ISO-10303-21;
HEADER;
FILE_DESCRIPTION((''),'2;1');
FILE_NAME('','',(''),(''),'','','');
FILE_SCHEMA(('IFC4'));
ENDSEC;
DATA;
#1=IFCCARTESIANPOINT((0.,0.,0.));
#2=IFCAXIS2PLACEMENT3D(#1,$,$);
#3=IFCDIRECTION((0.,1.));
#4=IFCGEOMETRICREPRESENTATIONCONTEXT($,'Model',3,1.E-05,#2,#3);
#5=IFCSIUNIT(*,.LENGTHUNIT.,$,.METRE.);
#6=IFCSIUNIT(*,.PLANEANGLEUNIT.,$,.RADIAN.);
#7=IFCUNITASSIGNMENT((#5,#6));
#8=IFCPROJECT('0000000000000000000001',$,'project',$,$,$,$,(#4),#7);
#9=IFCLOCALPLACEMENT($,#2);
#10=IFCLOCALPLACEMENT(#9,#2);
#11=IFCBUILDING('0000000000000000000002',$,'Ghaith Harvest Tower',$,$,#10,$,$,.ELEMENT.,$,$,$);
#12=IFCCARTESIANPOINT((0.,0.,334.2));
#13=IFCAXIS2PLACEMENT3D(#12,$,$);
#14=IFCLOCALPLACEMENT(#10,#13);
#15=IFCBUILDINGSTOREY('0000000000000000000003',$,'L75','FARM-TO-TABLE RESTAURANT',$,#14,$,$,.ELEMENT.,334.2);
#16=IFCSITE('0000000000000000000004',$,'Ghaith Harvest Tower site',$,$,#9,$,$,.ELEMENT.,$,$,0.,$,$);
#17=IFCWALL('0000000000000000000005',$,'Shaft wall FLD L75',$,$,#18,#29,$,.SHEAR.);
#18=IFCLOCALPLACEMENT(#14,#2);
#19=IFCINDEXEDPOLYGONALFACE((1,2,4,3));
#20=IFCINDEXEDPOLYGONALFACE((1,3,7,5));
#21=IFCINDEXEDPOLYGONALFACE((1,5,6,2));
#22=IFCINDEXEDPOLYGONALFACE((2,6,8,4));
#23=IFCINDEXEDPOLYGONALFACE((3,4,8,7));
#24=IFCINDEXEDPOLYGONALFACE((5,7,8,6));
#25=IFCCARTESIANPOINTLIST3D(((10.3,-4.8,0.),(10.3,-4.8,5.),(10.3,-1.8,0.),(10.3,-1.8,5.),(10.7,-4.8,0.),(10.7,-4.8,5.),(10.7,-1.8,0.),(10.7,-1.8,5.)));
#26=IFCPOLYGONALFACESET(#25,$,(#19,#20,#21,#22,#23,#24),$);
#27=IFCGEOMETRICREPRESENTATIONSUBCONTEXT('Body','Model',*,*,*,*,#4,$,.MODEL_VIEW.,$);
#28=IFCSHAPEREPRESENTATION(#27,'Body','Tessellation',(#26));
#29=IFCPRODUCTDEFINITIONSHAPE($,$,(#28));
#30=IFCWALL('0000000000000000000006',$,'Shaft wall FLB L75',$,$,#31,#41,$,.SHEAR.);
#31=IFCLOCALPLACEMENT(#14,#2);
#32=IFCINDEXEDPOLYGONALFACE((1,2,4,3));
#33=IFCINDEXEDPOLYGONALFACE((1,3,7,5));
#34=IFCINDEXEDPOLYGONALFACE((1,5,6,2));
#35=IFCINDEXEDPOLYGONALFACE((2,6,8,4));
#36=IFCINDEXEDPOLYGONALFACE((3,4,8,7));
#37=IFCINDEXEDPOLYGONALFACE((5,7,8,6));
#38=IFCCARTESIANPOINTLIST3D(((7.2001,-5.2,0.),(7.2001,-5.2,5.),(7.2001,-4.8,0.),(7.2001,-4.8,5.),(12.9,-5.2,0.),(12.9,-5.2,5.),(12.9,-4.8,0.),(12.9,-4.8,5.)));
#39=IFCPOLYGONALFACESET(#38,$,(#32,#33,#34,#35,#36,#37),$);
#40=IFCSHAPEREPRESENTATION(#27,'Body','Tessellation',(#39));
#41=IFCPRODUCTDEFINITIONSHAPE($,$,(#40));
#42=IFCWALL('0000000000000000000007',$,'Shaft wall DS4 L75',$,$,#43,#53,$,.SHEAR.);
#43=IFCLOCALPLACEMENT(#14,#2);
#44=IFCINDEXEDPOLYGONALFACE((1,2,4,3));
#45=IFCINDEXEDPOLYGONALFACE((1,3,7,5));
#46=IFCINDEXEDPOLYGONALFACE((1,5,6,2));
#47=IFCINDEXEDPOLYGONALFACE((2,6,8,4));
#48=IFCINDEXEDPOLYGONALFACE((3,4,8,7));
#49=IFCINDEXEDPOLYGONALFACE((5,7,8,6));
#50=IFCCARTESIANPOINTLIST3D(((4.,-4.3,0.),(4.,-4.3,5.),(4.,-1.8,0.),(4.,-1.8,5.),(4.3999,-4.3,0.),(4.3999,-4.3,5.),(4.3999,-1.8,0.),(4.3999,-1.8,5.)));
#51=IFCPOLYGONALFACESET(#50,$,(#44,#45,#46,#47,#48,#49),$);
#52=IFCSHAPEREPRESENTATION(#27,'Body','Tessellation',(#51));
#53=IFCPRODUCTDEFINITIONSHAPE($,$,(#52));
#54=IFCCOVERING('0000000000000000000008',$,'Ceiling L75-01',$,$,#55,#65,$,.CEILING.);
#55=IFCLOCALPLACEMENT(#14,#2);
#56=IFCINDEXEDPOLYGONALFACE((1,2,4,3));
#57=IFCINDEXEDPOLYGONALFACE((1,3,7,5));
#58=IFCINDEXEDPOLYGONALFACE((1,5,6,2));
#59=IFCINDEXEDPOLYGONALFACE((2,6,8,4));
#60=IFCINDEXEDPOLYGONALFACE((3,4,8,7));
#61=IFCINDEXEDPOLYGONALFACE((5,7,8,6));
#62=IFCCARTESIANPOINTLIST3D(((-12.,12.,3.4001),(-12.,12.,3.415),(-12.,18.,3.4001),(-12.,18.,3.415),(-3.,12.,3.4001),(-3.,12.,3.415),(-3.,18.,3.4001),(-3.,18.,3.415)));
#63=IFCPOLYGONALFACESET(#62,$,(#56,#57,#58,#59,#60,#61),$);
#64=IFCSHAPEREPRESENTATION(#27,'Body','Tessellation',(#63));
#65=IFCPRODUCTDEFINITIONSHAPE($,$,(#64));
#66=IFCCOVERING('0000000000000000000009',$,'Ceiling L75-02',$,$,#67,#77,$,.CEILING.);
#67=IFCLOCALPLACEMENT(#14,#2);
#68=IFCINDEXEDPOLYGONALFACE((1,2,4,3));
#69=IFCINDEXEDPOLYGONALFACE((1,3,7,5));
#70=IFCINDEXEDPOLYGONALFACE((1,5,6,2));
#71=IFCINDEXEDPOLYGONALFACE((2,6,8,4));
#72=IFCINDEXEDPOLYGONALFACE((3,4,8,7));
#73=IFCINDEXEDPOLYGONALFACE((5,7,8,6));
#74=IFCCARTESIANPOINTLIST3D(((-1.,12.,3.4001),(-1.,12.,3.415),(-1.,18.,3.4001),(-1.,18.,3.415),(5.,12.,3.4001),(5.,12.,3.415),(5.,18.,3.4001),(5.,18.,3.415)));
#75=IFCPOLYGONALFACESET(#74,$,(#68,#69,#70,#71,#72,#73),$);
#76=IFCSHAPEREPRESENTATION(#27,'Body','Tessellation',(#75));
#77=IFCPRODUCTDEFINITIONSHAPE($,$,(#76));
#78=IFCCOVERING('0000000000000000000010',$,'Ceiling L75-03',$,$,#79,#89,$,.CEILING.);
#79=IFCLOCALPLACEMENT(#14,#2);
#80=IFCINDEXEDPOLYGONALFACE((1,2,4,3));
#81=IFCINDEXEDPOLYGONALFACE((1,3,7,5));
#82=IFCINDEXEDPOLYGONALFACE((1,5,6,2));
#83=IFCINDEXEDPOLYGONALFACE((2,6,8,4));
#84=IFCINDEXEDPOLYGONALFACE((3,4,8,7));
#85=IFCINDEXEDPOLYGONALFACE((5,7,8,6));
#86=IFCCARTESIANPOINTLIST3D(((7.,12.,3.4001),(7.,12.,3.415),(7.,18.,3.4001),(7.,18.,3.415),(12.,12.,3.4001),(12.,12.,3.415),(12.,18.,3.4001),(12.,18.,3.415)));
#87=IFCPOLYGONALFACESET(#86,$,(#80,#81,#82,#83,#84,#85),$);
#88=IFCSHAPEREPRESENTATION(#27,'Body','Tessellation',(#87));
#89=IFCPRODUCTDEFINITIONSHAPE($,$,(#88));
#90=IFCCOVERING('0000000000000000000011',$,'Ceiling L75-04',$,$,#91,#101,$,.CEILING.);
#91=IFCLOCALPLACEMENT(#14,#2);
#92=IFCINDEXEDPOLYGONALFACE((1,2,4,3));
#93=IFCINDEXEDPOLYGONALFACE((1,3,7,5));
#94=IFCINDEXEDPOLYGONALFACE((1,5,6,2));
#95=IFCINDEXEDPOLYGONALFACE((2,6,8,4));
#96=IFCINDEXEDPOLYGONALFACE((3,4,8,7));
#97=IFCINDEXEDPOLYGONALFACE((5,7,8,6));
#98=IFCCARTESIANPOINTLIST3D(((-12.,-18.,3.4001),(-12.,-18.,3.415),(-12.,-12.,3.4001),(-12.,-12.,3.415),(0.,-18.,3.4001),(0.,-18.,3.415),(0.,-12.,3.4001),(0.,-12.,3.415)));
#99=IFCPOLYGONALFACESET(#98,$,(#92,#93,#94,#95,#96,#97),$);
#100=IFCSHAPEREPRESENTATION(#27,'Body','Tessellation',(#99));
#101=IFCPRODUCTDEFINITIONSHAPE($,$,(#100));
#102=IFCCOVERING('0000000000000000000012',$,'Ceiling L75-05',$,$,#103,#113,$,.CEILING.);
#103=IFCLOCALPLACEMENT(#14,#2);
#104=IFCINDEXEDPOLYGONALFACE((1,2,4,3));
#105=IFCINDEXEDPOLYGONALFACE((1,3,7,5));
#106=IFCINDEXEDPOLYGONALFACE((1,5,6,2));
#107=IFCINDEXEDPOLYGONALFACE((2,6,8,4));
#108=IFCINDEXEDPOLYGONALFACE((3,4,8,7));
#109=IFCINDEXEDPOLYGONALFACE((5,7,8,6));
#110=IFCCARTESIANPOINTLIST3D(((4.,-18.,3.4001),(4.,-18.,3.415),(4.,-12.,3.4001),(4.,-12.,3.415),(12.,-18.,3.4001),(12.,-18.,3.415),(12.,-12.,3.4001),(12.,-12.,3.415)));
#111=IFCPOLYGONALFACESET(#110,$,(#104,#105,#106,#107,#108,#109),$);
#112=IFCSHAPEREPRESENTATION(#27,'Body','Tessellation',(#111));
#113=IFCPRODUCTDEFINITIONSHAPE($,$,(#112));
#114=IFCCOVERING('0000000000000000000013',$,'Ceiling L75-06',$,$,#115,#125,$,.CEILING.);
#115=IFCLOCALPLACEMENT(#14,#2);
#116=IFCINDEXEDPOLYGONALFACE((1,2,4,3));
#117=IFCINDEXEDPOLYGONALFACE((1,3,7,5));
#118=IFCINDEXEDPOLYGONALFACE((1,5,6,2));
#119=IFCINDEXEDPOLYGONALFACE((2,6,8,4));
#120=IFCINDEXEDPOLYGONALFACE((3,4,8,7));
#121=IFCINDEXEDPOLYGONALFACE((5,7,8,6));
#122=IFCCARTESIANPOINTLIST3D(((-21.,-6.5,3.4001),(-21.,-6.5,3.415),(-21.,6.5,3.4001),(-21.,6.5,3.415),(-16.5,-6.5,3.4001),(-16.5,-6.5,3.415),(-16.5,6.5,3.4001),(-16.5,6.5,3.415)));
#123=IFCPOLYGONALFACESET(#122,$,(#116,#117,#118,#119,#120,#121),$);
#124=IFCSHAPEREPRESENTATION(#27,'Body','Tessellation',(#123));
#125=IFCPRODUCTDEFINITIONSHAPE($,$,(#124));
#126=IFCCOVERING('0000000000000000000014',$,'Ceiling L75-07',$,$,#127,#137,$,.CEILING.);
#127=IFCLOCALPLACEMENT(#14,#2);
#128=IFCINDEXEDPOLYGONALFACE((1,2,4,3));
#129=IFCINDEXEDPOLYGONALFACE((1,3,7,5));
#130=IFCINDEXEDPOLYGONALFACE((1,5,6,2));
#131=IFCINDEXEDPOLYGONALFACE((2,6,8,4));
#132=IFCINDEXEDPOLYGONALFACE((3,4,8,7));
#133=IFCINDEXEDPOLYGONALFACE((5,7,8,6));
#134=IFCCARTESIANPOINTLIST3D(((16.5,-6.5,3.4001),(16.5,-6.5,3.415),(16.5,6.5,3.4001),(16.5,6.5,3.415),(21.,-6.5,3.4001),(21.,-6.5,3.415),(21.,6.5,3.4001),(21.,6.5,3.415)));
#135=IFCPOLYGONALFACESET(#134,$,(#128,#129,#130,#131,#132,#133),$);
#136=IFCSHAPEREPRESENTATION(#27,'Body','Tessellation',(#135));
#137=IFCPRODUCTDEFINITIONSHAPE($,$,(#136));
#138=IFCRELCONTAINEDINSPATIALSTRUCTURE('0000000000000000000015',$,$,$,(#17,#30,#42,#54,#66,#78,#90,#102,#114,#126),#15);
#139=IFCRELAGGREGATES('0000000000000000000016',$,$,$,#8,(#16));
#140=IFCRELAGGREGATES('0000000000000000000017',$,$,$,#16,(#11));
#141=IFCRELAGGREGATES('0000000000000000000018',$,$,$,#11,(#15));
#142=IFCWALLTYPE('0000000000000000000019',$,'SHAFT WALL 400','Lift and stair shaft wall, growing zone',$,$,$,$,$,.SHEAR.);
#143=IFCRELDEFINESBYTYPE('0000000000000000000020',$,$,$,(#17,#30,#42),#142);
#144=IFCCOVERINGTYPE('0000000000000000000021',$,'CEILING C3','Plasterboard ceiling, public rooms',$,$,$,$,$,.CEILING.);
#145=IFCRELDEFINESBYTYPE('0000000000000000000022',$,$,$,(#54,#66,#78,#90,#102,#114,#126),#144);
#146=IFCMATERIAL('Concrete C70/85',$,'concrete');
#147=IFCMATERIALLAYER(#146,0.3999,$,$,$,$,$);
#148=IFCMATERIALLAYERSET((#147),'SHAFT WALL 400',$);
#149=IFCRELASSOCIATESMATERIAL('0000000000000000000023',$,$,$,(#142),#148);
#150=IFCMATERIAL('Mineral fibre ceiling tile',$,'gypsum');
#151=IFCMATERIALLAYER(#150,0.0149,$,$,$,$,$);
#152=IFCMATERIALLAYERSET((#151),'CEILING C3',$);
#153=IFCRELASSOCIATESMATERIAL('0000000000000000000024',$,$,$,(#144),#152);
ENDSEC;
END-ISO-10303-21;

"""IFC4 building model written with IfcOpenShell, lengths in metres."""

from ifc_helpers import new_model, si_unit, direction, frame, frame_2d, origin, place, context, subcontext, project, spatial, polyline, rectangle, outline, extrude, material, layer, layer_set, type_object, element, save


model = new_model("IFC4")

# Units and contexts
model_context = context("Model", 3, precision=1e-05, world=origin(), true_north=direction((0.0, 1.0)))
body_context = subcontext(model_context, "Body", "Model", "MODEL_VIEW")
ifc_project = project(units=[si_unit("LENGTHUNIT", "METRE"), si_unit("PLANEANGLEUNIT", "RADIAN")], contexts=[model_context])

# Site, building, storey
site_placement = place(None, origin())
site = spatial("IfcSite", under=ifc_project, at=site_placement, Name="Ghaith Harvest Tower site", CompositionType="ELEMENT", RefElevation=0.0)
building_placement = place(site_placement, origin())
building = spatial("IfcBuilding", under=site, at=building_placement, Name="Ghaith Harvest Tower", CompositionType="ELEMENT")
storey_placement = place(building_placement, frame((0.0, 0.0, 334.2)))
storey = spatial("IfcBuildingStorey", under=building, at=storey_placement, Name="L75", Description="FARM-TO-TABLE RESTAURANT", CompositionType="ELEMENT", Elevation=334.2)

# Shared definitions
ifc_material_1 = material(Name="Concrete C70/85", Category="concrete")
ifc_layer_1 = layer(ifc_material_1, 0.3999)
ifc_layer_set_1 = layer_set([ifc_layer_1], Name="SHAFT WALL 400")
wall_type_1 = type_object("IfcWallType", Name="SHAFT WALL 400", Description="Lift and stair shaft wall, growing zone", PredefinedType="SHEAR", material=ifc_layer_set_1)

# Walls
wall_1_placement = place(storey_placement, frame((10.5, -4.8, 0.0), z_axis=(0.0, 0.0, 1.0), x_axis=(0.0, 1.0, 0.0)))
element("IfcWall", 1, at=wall_1_placement, inside=storey, type_object=wall_type_1, Name="Shaft wall FLD L75", PredefinedType="SHEAR", context=body_context, shape_type="SweptSolid", body=[
    extrude(rectangle(XDim=3.0, YDim=0.3999, at=frame_2d((1.5, 0.0))), origin(), (0.0, 0.0, 1.0), 5.0),
])
wall_2_placement = place(storey_placement, frame((7.2, -5.0, 0.0), z_axis=(0.0, 0.0, 1.0), x_axis=(1.0, 0.0, 0.0)))
element("IfcWall", 2, at=wall_2_placement, inside=storey, type_object=wall_type_1, Name="Shaft wall FLB L75", PredefinedType="SHEAR", context=body_context, shape_type="SweptSolid", body=[
    extrude(rectangle(XDim=5.7, YDim=0.3999, at=frame_2d((2.8501, 0.0))), origin(), (0.0, 0.0, 1.0), 5.0),
])
wall_3_placement = place(storey_placement, frame((4.2, -4.3, 0.0), z_axis=(0.0, 0.0, 1.0), x_axis=(0.0, 1.0, 0.0)))
element("IfcWall", 3, at=wall_3_placement, inside=storey, type_object=wall_type_1, Name="Shaft wall DS4 L75", PredefinedType="SHEAR", context=body_context, shape_type="SweptSolid", body=[
    extrude(rectangle(XDim=2.5, YDim=0.3999, at=frame_2d((1.25, 0.0))), origin(), (0.0, 0.0, 1.0), 5.0),
])

# Coverings
ifc_material_2 = material(Name="Mineral fibre ceiling tile", Category="gypsum")
ifc_layer_2 = layer(ifc_material_2, 0.0149)
ifc_layer_set_2 = layer_set([ifc_layer_2], Name="CEILING C3")
covering_type = type_object("IfcCoveringType", Name="CEILING C3", Description="Plasterboard ceiling, public rooms", PredefinedType="CEILING", material=ifc_layer_set_2)
covering_1_placement = place(storey_placement, frame((0.0, 0.0, 3.4001)))
element("IfcCovering", 4, at=covering_1_placement, inside=storey, type_object=covering_type, Name="Ceiling L75-01", PredefinedType="CEILING", context=body_context, shape_type="SweptSolid", body=[
    extrude(outline(polyline([(-12.0, 12.0), (-3.0, 12.0), (-3.0, 18.0), (-12.0, 18.0), (-12.0, 12.0)])), origin(), (0.0, 0.0, 1.0), 0.0149),
])
covering_2_placement = place(storey_placement, frame((0.0, 0.0, 3.4001)))
element("IfcCovering", 5, at=covering_2_placement, inside=storey, type_object=covering_type, Name="Ceiling L75-02", PredefinedType="CEILING", context=body_context, shape_type="SweptSolid", body=[
    extrude(outline(polyline([(-1.0, 12.0), (5.0, 12.0), (5.0, 18.0), (-1.0, 18.0), (-1.0, 12.0)])), origin(), (0.0, 0.0, 1.0), 0.0149),
])
covering_3_placement = place(storey_placement, frame((0.0, 0.0, 3.4001)))
element("IfcCovering", 6, at=covering_3_placement, inside=storey, type_object=covering_type, Name="Ceiling L75-03", PredefinedType="CEILING", context=body_context, shape_type="SweptSolid", body=[
    extrude(outline(polyline([(7.0, 12.0), (12.0, 12.0), (12.0, 18.0), (7.0, 18.0), (7.0, 12.0)])), origin(), (0.0, 0.0, 1.0), 0.0149),
])
covering_4_placement = place(storey_placement, frame((0.0, 0.0, 3.4001)))
element("IfcCovering", 7, at=covering_4_placement, inside=storey, type_object=covering_type, Name="Ceiling L75-04", PredefinedType="CEILING", context=body_context, shape_type="SweptSolid", body=[
    extrude(outline(polyline([(-12.0, -18.0), (0.0, -18.0), (0.0, -12.0), (-12.0, -12.0), (-12.0, -18.0)])), origin(), (0.0, 0.0, 1.0), 0.0149),
])
covering_5_placement = place(storey_placement, frame((0.0, 0.0, 3.4001)))
element("IfcCovering", 8, at=covering_5_placement, inside=storey, type_object=covering_type, Name="Ceiling L75-05", PredefinedType="CEILING", context=body_context, shape_type="SweptSolid", body=[
    extrude(outline(polyline([(4.0, -18.0), (12.0, -18.0), (12.0, -12.0), (4.0, -12.0), (4.0, -18.0)])), origin(), (0.0, 0.0, 1.0), 0.0149),
])
covering_6_placement = place(storey_placement, frame((0.0, 0.0, 3.4001)))
element("IfcCovering", 9, at=covering_6_placement, inside=storey, type_object=covering_type, Name="Ceiling L75-06", PredefinedType="CEILING", context=body_context, shape_type="SweptSolid", body=[
    extrude(outline(polyline([(-21.0, -6.5), (-16.5, -6.5), (-16.5, 6.5), (-21.0, 6.5), (-21.0, -6.5)])), origin(), (0.0, 0.0, 1.0), 0.0149),
])
covering_7_placement = place(storey_placement, frame((0.0, 0.0, 3.4001)))
element("IfcCovering", 10, at=covering_7_placement, inside=storey, type_object=covering_type, Name="Ceiling L75-07", PredefinedType="CEILING", context=body_context, shape_type="SweptSolid", body=[
    extrude(outline(polyline([(16.5, -6.5), (21.0, -6.5), (21.0, 6.5), (16.5, 6.5), (16.5, -6.5)])), origin(), (0.0, 0.0, 1.0), 0.0149),
])

save(model, "model.ifc")
